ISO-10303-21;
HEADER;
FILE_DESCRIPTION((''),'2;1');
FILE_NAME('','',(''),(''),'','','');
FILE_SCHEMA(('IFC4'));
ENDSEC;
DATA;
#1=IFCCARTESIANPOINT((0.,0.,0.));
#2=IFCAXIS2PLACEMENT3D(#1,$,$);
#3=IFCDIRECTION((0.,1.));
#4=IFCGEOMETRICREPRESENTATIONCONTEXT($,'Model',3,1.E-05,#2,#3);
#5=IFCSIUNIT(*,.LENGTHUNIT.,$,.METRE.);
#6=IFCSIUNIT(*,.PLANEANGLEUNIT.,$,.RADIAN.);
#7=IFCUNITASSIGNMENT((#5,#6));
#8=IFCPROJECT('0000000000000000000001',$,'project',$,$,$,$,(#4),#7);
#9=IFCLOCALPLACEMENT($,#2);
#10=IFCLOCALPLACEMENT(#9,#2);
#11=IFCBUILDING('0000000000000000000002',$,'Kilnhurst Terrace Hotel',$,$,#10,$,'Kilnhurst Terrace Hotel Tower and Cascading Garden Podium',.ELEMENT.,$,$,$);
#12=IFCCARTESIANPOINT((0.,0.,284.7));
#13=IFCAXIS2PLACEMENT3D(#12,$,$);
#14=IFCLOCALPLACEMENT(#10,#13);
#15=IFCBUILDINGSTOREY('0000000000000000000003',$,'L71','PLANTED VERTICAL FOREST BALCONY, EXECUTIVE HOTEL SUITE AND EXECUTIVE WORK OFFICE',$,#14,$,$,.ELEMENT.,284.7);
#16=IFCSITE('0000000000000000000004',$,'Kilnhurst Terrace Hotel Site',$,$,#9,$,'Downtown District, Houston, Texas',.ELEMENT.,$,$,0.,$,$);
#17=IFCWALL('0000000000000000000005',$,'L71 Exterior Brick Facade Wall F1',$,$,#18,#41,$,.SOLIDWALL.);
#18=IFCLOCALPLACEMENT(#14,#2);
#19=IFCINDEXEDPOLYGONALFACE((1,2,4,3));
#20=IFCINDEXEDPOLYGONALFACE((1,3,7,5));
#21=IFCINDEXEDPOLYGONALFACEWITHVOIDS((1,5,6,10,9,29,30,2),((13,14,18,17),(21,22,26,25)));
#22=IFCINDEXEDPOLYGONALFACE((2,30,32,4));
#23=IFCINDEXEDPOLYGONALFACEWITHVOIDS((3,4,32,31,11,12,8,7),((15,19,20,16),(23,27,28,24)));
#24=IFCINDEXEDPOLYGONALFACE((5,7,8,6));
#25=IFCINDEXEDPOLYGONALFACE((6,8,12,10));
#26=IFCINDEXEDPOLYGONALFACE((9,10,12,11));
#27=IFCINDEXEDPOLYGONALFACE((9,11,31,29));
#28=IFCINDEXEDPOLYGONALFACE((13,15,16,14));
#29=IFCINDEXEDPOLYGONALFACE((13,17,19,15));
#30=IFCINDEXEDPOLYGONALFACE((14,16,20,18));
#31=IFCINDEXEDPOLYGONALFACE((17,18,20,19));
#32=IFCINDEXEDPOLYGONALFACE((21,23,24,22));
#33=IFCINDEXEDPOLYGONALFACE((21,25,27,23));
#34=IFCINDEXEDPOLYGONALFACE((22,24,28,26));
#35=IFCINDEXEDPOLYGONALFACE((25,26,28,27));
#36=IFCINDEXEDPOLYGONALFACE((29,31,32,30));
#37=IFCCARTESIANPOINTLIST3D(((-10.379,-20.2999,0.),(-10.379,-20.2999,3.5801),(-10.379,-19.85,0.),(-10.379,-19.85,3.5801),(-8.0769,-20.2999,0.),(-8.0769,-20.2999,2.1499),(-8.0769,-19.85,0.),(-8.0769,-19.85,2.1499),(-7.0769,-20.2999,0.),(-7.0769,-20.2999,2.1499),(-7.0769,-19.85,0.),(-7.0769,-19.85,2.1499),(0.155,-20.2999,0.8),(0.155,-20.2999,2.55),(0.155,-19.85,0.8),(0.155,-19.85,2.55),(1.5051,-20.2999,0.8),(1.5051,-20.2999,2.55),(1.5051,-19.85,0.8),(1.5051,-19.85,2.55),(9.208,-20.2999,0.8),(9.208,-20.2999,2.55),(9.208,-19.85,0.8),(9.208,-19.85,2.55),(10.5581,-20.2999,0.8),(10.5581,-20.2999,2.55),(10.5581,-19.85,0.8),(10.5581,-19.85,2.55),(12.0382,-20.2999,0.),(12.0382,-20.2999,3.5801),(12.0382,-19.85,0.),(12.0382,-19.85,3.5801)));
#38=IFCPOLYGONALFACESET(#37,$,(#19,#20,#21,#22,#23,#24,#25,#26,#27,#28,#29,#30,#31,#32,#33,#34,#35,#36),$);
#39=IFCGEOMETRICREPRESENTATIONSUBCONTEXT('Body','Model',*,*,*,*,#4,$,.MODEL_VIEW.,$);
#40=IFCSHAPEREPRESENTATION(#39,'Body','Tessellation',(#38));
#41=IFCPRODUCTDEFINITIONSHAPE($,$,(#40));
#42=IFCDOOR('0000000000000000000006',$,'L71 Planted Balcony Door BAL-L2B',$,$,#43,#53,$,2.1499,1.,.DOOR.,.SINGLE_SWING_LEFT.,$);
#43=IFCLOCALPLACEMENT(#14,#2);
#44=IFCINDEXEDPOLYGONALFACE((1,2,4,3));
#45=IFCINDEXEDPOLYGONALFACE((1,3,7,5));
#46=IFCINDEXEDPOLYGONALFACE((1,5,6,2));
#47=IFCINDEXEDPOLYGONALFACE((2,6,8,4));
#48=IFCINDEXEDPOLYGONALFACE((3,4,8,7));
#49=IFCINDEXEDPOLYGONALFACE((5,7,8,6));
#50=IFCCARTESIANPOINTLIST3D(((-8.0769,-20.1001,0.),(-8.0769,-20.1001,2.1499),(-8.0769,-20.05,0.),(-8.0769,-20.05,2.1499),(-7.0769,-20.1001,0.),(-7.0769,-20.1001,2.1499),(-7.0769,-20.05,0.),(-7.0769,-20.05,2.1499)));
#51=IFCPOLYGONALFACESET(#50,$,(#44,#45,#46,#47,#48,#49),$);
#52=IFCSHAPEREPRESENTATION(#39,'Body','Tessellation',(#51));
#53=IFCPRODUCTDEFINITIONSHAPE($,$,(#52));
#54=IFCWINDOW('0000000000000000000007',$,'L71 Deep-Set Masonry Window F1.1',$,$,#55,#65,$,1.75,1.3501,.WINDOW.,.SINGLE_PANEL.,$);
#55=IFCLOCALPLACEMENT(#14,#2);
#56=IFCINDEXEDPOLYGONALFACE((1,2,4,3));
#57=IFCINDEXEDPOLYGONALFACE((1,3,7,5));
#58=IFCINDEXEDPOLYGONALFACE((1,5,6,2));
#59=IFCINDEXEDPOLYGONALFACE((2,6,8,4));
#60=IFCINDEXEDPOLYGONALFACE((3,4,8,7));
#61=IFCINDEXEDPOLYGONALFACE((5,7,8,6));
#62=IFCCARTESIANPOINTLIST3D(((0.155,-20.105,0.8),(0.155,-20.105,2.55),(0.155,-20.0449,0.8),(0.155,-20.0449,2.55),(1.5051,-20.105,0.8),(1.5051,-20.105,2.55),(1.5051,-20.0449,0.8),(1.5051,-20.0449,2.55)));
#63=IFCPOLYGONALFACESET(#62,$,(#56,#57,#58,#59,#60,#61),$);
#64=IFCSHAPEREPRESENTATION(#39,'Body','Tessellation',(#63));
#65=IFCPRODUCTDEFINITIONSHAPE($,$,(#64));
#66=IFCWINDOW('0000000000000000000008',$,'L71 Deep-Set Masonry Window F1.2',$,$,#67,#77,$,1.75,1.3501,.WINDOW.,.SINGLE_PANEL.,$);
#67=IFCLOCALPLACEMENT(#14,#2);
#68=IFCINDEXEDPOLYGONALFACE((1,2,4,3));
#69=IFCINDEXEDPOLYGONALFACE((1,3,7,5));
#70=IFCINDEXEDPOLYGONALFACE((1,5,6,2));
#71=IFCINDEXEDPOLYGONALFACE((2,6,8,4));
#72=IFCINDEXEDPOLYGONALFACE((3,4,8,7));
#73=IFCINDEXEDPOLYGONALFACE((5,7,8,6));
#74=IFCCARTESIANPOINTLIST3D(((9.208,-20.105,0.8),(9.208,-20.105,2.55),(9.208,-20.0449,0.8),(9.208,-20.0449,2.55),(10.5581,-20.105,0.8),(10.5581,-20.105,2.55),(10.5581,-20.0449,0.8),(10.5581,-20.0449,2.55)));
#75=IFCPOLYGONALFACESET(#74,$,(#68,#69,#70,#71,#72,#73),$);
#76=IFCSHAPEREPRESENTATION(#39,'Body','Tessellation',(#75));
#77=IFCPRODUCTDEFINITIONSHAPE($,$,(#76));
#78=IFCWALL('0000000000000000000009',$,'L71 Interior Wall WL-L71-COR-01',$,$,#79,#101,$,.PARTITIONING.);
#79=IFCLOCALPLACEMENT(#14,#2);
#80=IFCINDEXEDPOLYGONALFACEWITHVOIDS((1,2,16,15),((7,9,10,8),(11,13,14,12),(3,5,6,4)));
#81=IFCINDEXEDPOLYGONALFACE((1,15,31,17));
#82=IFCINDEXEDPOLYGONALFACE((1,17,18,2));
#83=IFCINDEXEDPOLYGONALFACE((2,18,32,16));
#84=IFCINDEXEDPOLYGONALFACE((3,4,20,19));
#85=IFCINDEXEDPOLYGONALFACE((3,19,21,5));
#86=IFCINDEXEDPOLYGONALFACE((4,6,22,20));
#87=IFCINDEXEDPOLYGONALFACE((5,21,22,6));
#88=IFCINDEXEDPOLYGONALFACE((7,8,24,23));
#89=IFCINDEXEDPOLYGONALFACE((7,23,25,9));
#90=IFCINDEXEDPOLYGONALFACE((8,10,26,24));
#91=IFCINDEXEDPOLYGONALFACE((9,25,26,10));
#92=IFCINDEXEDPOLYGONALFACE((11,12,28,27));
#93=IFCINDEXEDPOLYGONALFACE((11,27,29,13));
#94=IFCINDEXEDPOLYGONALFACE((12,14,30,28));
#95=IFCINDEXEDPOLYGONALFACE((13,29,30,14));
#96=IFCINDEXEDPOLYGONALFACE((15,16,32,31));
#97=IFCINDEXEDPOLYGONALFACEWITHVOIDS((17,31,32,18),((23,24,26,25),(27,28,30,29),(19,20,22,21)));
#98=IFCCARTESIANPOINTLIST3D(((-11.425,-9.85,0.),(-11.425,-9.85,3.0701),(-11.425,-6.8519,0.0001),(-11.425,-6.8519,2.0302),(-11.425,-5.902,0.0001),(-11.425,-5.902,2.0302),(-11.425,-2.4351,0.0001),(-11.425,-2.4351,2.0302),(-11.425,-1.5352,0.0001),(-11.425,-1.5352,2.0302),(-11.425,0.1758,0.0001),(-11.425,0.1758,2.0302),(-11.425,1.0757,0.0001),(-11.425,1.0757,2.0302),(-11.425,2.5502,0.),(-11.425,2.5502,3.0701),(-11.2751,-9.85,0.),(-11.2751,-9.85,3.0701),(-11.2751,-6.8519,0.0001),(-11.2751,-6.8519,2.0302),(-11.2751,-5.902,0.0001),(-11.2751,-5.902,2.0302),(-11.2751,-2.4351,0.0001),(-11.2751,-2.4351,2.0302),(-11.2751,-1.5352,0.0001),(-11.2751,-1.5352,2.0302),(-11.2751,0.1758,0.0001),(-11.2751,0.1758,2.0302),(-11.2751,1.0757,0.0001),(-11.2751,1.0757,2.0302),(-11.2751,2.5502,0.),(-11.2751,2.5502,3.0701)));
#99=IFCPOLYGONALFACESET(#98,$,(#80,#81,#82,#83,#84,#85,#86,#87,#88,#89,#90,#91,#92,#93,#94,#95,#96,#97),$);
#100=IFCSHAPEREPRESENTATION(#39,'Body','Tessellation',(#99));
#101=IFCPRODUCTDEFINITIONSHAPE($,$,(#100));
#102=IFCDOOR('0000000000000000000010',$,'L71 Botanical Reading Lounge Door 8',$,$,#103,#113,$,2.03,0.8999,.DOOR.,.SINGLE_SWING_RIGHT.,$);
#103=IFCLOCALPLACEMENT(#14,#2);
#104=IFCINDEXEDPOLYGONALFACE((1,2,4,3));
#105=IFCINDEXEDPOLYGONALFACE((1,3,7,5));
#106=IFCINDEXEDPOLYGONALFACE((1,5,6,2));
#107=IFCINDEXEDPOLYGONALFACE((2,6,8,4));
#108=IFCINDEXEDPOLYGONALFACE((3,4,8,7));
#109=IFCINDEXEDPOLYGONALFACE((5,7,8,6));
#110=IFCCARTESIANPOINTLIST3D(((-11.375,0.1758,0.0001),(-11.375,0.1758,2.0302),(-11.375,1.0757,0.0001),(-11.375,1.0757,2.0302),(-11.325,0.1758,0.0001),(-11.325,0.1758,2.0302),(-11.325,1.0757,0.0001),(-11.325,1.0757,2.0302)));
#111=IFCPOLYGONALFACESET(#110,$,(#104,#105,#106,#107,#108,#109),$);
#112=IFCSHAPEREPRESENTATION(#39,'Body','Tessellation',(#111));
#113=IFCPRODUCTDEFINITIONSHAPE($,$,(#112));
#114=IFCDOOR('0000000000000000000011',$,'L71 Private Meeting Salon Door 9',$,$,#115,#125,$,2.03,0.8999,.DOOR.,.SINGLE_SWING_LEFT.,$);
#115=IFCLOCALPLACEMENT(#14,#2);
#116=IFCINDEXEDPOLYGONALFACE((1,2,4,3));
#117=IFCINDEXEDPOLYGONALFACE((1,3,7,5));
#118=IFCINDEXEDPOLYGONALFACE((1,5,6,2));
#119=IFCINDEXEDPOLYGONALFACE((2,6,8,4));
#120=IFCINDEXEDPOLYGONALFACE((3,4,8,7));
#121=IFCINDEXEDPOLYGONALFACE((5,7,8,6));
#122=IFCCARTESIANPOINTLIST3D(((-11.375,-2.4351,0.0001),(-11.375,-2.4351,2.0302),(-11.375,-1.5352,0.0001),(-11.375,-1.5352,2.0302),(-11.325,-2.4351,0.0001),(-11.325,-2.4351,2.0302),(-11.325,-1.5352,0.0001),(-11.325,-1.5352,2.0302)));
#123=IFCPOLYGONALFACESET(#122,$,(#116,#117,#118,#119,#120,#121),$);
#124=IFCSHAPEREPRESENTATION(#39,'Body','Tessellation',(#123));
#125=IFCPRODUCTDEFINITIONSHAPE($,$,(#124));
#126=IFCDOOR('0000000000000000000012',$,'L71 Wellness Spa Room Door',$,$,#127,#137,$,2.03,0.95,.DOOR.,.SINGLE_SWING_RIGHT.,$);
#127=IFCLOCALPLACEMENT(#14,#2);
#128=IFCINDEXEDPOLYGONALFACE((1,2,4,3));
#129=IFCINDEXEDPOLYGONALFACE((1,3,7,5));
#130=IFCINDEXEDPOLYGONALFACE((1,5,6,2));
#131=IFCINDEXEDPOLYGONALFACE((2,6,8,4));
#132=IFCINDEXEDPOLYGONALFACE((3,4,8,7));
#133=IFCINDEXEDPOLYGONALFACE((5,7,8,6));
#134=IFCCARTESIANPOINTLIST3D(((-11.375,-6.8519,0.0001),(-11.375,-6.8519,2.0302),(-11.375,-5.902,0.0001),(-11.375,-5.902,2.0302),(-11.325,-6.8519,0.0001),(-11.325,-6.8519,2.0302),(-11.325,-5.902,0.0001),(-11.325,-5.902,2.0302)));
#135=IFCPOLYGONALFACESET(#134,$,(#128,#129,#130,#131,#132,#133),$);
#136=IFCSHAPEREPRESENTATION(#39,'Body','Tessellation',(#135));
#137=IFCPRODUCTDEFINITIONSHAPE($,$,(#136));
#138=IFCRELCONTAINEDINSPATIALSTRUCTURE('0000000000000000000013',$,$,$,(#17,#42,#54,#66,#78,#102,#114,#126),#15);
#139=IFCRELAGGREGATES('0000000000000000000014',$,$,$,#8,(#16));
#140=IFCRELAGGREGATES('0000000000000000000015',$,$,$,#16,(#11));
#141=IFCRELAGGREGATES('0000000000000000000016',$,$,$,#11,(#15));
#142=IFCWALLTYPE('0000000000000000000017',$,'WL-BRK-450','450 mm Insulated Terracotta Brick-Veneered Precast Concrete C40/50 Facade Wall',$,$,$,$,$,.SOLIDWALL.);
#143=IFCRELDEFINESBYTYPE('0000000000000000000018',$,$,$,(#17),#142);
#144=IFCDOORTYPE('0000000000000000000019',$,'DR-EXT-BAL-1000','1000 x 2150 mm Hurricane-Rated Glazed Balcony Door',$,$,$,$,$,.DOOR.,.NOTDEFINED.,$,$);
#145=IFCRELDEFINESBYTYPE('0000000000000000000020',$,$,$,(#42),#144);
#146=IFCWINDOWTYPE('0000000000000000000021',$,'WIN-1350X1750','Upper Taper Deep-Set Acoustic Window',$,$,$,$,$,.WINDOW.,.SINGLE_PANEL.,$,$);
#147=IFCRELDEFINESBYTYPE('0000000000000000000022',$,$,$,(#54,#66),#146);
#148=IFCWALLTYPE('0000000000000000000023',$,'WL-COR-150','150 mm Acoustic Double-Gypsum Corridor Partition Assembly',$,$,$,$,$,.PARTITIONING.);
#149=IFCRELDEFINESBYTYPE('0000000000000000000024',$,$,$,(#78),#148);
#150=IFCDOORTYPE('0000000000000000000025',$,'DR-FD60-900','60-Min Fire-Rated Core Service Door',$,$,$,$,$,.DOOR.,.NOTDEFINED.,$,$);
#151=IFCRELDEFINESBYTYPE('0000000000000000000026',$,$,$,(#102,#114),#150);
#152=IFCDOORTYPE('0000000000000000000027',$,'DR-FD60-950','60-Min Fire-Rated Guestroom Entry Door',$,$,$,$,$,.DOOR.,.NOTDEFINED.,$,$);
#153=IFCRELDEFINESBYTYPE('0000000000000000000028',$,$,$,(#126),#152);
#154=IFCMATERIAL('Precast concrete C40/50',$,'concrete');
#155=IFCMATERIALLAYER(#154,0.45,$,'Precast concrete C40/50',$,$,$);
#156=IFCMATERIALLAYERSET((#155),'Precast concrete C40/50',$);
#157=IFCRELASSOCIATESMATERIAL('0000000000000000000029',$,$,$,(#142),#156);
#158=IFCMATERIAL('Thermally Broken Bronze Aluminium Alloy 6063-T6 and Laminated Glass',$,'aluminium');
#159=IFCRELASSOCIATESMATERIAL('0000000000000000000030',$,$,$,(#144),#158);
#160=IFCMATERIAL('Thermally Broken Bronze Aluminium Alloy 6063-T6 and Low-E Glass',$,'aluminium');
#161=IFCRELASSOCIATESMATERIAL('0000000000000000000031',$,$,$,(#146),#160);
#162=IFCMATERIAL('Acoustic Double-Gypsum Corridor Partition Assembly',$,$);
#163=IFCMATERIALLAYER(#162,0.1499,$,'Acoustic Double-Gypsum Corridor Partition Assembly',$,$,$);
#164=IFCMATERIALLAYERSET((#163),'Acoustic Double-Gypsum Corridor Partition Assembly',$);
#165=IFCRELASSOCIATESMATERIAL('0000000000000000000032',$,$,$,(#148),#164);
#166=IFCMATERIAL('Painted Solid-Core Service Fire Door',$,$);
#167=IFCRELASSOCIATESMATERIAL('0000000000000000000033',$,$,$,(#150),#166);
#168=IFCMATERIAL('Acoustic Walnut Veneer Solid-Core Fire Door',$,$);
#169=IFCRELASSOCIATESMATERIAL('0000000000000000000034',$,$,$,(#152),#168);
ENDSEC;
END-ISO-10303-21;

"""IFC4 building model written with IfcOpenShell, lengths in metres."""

from ifc_helpers import new_model, si_unit, direction, frame, frame_2d, origin, place, context, subcontext, project, spatial, rectangle, extrude, material, layer, layer_set, type_object, element, fill, save


model = new_model("IFC4")

# Units and contexts
model_context = context("Model", 3, precision=1e-05, world=origin(), true_north=direction((0.0, 1.0)))
body_context = subcontext(model_context, "Body", "Model", "MODEL_VIEW")
ifc_project = project(units=[si_unit("LENGTHUNIT", "METRE"), si_unit("PLANEANGLEUNIT", "RADIAN")], contexts=[model_context])

# Site, building, storey
site_placement = place(None, origin())
site = spatial("IfcSite", under=ifc_project, at=site_placement, Name="Kilnhurst Terrace Hotel Site", LongName="Downtown District, Houston, Texas", CompositionType="ELEMENT", RefElevation=0.0)
building_placement = place(site_placement, origin())
building = spatial("IfcBuilding", under=site, at=building_placement, Name="Kilnhurst Terrace Hotel", LongName="Kilnhurst Terrace Hotel Tower and Cascading Garden Podium", CompositionType="ELEMENT")
storey_placement = place(building_placement, frame((0.0, 0.0, 284.7)))
storey = spatial("IfcBuildingStorey", under=building, at=storey_placement, Name="L71", Description="PLANTED VERTICAL FOREST BALCONY, EXECUTIVE HOTEL SUITE AND EXECUTIVE WORK OFFICE", CompositionType="ELEMENT", Elevation=284.7)

# Shared definitions
ifc_material_1 = material(Name="Precast concrete C40/50", Category="concrete")
ifc_layer_1 = layer(ifc_material_1, 0.45, Name="Precast concrete C40/50")
ifc_layer_set_1 = layer_set([ifc_layer_1], Name="Precast concrete C40/50")
wall_type_1 = type_object("IfcWallType", Name="WL-BRK-450", Description="450 mm Insulated Terracotta Brick-Veneered Precast Concrete C40/50 Facade Wall", PredefinedType="SOLIDWALL", material=ifc_layer_set_1)

# Wall, openings, door, windows
wall_1_placement = place(storey_placement, frame((-10.3789, -20.075, 0.0), z_axis=(0.0, 0.0, 1.0), x_axis=(1.0, 0.0, 0.0)))
wall_1 = element("IfcWall", 1, at=wall_1_placement, inside=storey, type_object=wall_type_1, Name="L71 Exterior Brick Facade Wall F1", PredefinedType="SOLIDWALL", context=body_context, shape_type="SweptSolid", body=[
    extrude(rectangle(XDim=22.4172, YDim=0.45, at=frame_2d((11.2085, 0.0))), origin(), (0.0, 0.0, 1.0), 3.5801),
])
opening_1_placement = place(wall_1_placement, frame((2.302, 0.0, 0.0)))
opening_1 = element("IfcOpeningElement", 2, at=opening_1_placement, cuts=wall_1, PredefinedType="OPENING", context=body_context, shape_type="SweptSolid", body=[
    extrude(rectangle(XDim=1.0, YDim=2.1499, at=frame_2d((0.5, 1.075))), frame((0.0, 0.2349, 0.0), z_axis=(0.0, -1.0, 0.0), x_axis=(1.0, 0.0, 0.0)), (0.0, 0.0, 1.0), 0.47),
])
opening_2_placement = place(wall_1_placement, frame((10.5339, 0.0, 0.8)))
opening_2 = element("IfcOpeningElement", 3, at=opening_2_placement, cuts=wall_1, PredefinedType="OPENING", context=body_context, shape_type="SweptSolid", body=[
    extrude(rectangle(XDim=1.3501, YDim=1.75, at=frame_2d((0.675, 0.875))), frame((0.0, 0.2349, 0.0), z_axis=(0.0, -1.0, 0.0), x_axis=(1.0, 0.0, 0.0)), (0.0, 0.0, 1.0), 0.47),
])
opening_3_placement = place(wall_1_placement, frame((19.5869, 0.0, 0.8)))
opening_3 = element("IfcOpeningElement", 4, at=opening_3_placement, cuts=wall_1, PredefinedType="OPENING", context=body_context, shape_type="SweptSolid", body=[
    extrude(rectangle(XDim=1.3501, YDim=1.75, at=frame_2d((0.675, 0.875))), frame((0.0, 0.2349, 0.0), z_axis=(0.0, -1.0, 0.0), x_axis=(1.0, 0.0, 0.0)), (0.0, 0.0, 1.0), 0.47),
])
ifc_material_2 = material(Name="Thermally Broken Bronze Aluminium Alloy 6063-T6 and Laminated Glass", Category="aluminium")
door_type_1 = type_object("IfcDoorType", Name="DR-EXT-BAL-1000", Description="1000 x 2150 mm Hurricane-Rated Glazed Balcony Door", OperationType="NOTDEFINED", PredefinedType="DOOR", material=ifc_material_2)
door_1_placement = place(opening_1_placement, origin())
door_1 = element("IfcDoor", 5, at=door_1_placement, inside=storey, type_object=door_type_1, Name="L71 Planted Balcony Door BAL-L2B", OperationType="SINGLE_SWING_LEFT", OverallHeight=2.1499, OverallWidth=1.0, PredefinedType="DOOR", context=body_context, shape_type="SweptSolid", body=[
    extrude(rectangle(XDim=1.0, YDim=2.1499, at=frame_2d((0.5, 1.075))), frame((0.0, 0.0249, 0.0), z_axis=(0.0, -1.0, 0.0), x_axis=(1.0, 0.0, 0.0)), (0.0, 0.0, 1.0), 0.05),
])
fill(opening_1, door_1)
ifc_material_3 = material(Name="Thermally Broken Bronze Aluminium Alloy 6063-T6 and Low-E Glass", Category="aluminium")
window_type = type_object("IfcWindowType", Name="WIN-1350X1750", Description="Upper Taper Deep-Set Acoustic Window", PartitioningType="SINGLE_PANEL", PredefinedType="WINDOW", material=ifc_material_3)
window_1_placement = place(opening_2_placement, origin())
window_1 = element("IfcWindow", 6, at=window_1_placement, inside=storey, type_object=window_type, Name="L71 Deep-Set Masonry Window F1.1", OverallHeight=1.75, OverallWidth=1.3501, PartitioningType="SINGLE_PANEL", PredefinedType="WINDOW", context=body_context, shape_type="SweptSolid", body=[
    extrude(rectangle(XDim=1.3501, YDim=1.75, at=frame_2d((0.675, 0.875))), frame((0.0, 0.03, 0.0), z_axis=(0.0, -1.0, 0.0), x_axis=(1.0, 0.0, 0.0)), (0.0, 0.0, 1.0), 0.0601),
])
fill(opening_2, window_1)
window_2_placement = place(opening_3_placement, origin())
window_2 = element("IfcWindow", 7, at=window_2_placement, inside=storey, type_object=window_type, Name="L71 Deep-Set Masonry Window F1.2", OverallHeight=1.75, OverallWidth=1.3501, PartitioningType="SINGLE_PANEL", PredefinedType="WINDOW", context=body_context, shape_type="SweptSolid", body=[
    extrude(rectangle(XDim=1.3501, YDim=1.75, at=frame_2d((0.675, 0.875))), frame((0.0, 0.03, 0.0), z_axis=(0.0, -1.0, 0.0), x_axis=(1.0, 0.0, 0.0)), (0.0, 0.0, 1.0), 0.0601),
])
fill(opening_3, window_2)

# Wall, openings, doors
ifc_material_4 = material(Name="Acoustic Double-Gypsum Corridor Partition Assembly")
ifc_layer_2 = layer(ifc_material_4, 0.1499, Name="Acoustic Double-Gypsum Corridor Partition Assembly")
ifc_layer_set_2 = layer_set([ifc_layer_2], Name="Acoustic Double-Gypsum Corridor Partition Assembly")
wall_type_2 = type_object("IfcWallType", Name="WL-COR-150", Description="150 mm Acoustic Double-Gypsum Corridor Partition Assembly", PredefinedType="PARTITIONING", material=ifc_layer_set_2)
wall_2_placement = place(storey_placement, frame((-11.3501, -9.8501, 0.0), z_axis=(0.0, 0.0, 1.0), x_axis=(0.0, 1.0, 0.0)))
wall_2 = element("IfcWall", 8, at=wall_2_placement, inside=storey, type_object=wall_type_2, Name="L71 Interior Wall WL-L71-COR-01", PredefinedType="PARTITIONING", context=body_context, shape_type="SweptSolid", body=[
    extrude(rectangle(XDim=12.4001, YDim=0.1499, at=frame_2d((6.2002, 0.0))), origin(), (0.0, 0.0, 1.0), 3.0701),
])
opening_4_placement = place(wall_2_placement, frame((10.0259, 0.0, 0.0)))
opening_4 = element("IfcOpeningElement", 9, at=opening_4_placement, cuts=wall_2, PredefinedType="OPENING", context=body_context, shape_type="SweptSolid", body=[
    extrude(rectangle(XDim=0.8999, YDim=2.03, at=frame_2d((0.45, 1.0151))), frame((0.0, 0.085, 0.0), z_axis=(0.0, -1.0, 0.0), x_axis=(1.0, 0.0, 0.0)), (0.0, 0.0, 1.0), 0.1699),
])
opening_5_placement = place(wall_2_placement, frame((7.415, 0.0, 0.0)))
opening_5 = element("IfcOpeningElement", 10, at=opening_5_placement, cuts=wall_2, PredefinedType="OPENING", context=body_context, shape_type="SweptSolid", body=[
    extrude(rectangle(XDim=0.8999, YDim=2.03, at=frame_2d((0.45, 1.0151))), frame((0.0, 0.085, 0.0), z_axis=(0.0, -1.0, 0.0), x_axis=(1.0, 0.0, 0.0)), (0.0, 0.0, 1.0), 0.1699),
])
opening_6_placement = place(wall_2_placement, frame((2.998, 0.0, 0.0)))
opening_6 = element("IfcOpeningElement", 11, at=opening_6_placement, cuts=wall_2, PredefinedType="OPENING", context=body_context, shape_type="SweptSolid", body=[
    extrude(rectangle(XDim=0.95, YDim=2.03, at=frame_2d((0.4751, 1.0151))), frame((0.0, 0.085, 0.0), z_axis=(0.0, -1.0, 0.0), x_axis=(1.0, 0.0, 0.0)), (0.0, 0.0, 1.0), 0.1699),
])
ifc_material_5 = material(Name="Painted Solid-Core Service Fire Door")
door_type_2 = type_object("IfcDoorType", Name="DR-FD60-900", Description="60-Min Fire-Rated Core Service Door", OperationType="NOTDEFINED", PredefinedType="DOOR", material=ifc_material_5)
door_2_placement = place(opening_4_placement, origin())
door_2 = element("IfcDoor", 12, at=door_2_placement, inside=storey, type_object=door_type_2, Name="L71 Botanical Reading Lounge Door 8", OperationType="SINGLE_SWING_RIGHT", OverallHeight=2.03, OverallWidth=0.8999, PredefinedType="DOOR", context=body_context, shape_type="SweptSolid", body=[
    extrude(rectangle(XDim=0.8999, YDim=2.03, at=frame_2d((0.45, 1.0151))), frame((0.0, 0.0249, 0.0), z_axis=(0.0, -1.0, 0.0), x_axis=(1.0, 0.0, 0.0)), (0.0, 0.0, 1.0), 0.05),
])
fill(opening_4, door_2)
door_3_placement = place(opening_5_placement, origin())
door_3 = element("IfcDoor", 13, at=door_3_placement, inside=storey, type_object=door_type_2, Name="L71 Private Meeting Salon Door 9", OperationType="SINGLE_SWING_LEFT", OverallHeight=2.03, OverallWidth=0.8999, PredefinedType="DOOR", context=body_context, shape_type="SweptSolid", body=[
    extrude(rectangle(XDim=0.8999, YDim=2.03, at=frame_2d((0.45, 1.0151))), frame((0.0, 0.0249, 0.0), z_axis=(0.0, -1.0, 0.0), x_axis=(1.0, 0.0, 0.0)), (0.0, 0.0, 1.0), 0.05),
])
fill(opening_5, door_3)
ifc_material_6 = material(Name="Acoustic Walnut Veneer Solid-Core Fire Door")
door_type_3 = type_object("IfcDoorType", Name="DR-FD60-950", Description="60-Min Fire-Rated Guestroom Entry Door", OperationType="NOTDEFINED", PredefinedType="DOOR", material=ifc_material_6)
door_4_placement = place(opening_6_placement, origin())
door_4 = element("IfcDoor", 14, at=door_4_placement, inside=storey, type_object=door_type_3, Name="L71 Wellness Spa Room Door", OperationType="SINGLE_SWING_RIGHT", OverallHeight=2.03, OverallWidth=0.95, PredefinedType="DOOR", context=body_context, shape_type="SweptSolid", body=[
    extrude(rectangle(XDim=0.95, YDim=2.03, at=frame_2d((0.4751, 1.0151))), frame((0.0, 0.0249, 0.0), z_axis=(0.0, -1.0, 0.0), x_axis=(1.0, 0.0, 0.0)), (0.0, 0.0, 1.0), 0.05),
])
fill(opening_6, door_4)

save(model, "model.ifc")
